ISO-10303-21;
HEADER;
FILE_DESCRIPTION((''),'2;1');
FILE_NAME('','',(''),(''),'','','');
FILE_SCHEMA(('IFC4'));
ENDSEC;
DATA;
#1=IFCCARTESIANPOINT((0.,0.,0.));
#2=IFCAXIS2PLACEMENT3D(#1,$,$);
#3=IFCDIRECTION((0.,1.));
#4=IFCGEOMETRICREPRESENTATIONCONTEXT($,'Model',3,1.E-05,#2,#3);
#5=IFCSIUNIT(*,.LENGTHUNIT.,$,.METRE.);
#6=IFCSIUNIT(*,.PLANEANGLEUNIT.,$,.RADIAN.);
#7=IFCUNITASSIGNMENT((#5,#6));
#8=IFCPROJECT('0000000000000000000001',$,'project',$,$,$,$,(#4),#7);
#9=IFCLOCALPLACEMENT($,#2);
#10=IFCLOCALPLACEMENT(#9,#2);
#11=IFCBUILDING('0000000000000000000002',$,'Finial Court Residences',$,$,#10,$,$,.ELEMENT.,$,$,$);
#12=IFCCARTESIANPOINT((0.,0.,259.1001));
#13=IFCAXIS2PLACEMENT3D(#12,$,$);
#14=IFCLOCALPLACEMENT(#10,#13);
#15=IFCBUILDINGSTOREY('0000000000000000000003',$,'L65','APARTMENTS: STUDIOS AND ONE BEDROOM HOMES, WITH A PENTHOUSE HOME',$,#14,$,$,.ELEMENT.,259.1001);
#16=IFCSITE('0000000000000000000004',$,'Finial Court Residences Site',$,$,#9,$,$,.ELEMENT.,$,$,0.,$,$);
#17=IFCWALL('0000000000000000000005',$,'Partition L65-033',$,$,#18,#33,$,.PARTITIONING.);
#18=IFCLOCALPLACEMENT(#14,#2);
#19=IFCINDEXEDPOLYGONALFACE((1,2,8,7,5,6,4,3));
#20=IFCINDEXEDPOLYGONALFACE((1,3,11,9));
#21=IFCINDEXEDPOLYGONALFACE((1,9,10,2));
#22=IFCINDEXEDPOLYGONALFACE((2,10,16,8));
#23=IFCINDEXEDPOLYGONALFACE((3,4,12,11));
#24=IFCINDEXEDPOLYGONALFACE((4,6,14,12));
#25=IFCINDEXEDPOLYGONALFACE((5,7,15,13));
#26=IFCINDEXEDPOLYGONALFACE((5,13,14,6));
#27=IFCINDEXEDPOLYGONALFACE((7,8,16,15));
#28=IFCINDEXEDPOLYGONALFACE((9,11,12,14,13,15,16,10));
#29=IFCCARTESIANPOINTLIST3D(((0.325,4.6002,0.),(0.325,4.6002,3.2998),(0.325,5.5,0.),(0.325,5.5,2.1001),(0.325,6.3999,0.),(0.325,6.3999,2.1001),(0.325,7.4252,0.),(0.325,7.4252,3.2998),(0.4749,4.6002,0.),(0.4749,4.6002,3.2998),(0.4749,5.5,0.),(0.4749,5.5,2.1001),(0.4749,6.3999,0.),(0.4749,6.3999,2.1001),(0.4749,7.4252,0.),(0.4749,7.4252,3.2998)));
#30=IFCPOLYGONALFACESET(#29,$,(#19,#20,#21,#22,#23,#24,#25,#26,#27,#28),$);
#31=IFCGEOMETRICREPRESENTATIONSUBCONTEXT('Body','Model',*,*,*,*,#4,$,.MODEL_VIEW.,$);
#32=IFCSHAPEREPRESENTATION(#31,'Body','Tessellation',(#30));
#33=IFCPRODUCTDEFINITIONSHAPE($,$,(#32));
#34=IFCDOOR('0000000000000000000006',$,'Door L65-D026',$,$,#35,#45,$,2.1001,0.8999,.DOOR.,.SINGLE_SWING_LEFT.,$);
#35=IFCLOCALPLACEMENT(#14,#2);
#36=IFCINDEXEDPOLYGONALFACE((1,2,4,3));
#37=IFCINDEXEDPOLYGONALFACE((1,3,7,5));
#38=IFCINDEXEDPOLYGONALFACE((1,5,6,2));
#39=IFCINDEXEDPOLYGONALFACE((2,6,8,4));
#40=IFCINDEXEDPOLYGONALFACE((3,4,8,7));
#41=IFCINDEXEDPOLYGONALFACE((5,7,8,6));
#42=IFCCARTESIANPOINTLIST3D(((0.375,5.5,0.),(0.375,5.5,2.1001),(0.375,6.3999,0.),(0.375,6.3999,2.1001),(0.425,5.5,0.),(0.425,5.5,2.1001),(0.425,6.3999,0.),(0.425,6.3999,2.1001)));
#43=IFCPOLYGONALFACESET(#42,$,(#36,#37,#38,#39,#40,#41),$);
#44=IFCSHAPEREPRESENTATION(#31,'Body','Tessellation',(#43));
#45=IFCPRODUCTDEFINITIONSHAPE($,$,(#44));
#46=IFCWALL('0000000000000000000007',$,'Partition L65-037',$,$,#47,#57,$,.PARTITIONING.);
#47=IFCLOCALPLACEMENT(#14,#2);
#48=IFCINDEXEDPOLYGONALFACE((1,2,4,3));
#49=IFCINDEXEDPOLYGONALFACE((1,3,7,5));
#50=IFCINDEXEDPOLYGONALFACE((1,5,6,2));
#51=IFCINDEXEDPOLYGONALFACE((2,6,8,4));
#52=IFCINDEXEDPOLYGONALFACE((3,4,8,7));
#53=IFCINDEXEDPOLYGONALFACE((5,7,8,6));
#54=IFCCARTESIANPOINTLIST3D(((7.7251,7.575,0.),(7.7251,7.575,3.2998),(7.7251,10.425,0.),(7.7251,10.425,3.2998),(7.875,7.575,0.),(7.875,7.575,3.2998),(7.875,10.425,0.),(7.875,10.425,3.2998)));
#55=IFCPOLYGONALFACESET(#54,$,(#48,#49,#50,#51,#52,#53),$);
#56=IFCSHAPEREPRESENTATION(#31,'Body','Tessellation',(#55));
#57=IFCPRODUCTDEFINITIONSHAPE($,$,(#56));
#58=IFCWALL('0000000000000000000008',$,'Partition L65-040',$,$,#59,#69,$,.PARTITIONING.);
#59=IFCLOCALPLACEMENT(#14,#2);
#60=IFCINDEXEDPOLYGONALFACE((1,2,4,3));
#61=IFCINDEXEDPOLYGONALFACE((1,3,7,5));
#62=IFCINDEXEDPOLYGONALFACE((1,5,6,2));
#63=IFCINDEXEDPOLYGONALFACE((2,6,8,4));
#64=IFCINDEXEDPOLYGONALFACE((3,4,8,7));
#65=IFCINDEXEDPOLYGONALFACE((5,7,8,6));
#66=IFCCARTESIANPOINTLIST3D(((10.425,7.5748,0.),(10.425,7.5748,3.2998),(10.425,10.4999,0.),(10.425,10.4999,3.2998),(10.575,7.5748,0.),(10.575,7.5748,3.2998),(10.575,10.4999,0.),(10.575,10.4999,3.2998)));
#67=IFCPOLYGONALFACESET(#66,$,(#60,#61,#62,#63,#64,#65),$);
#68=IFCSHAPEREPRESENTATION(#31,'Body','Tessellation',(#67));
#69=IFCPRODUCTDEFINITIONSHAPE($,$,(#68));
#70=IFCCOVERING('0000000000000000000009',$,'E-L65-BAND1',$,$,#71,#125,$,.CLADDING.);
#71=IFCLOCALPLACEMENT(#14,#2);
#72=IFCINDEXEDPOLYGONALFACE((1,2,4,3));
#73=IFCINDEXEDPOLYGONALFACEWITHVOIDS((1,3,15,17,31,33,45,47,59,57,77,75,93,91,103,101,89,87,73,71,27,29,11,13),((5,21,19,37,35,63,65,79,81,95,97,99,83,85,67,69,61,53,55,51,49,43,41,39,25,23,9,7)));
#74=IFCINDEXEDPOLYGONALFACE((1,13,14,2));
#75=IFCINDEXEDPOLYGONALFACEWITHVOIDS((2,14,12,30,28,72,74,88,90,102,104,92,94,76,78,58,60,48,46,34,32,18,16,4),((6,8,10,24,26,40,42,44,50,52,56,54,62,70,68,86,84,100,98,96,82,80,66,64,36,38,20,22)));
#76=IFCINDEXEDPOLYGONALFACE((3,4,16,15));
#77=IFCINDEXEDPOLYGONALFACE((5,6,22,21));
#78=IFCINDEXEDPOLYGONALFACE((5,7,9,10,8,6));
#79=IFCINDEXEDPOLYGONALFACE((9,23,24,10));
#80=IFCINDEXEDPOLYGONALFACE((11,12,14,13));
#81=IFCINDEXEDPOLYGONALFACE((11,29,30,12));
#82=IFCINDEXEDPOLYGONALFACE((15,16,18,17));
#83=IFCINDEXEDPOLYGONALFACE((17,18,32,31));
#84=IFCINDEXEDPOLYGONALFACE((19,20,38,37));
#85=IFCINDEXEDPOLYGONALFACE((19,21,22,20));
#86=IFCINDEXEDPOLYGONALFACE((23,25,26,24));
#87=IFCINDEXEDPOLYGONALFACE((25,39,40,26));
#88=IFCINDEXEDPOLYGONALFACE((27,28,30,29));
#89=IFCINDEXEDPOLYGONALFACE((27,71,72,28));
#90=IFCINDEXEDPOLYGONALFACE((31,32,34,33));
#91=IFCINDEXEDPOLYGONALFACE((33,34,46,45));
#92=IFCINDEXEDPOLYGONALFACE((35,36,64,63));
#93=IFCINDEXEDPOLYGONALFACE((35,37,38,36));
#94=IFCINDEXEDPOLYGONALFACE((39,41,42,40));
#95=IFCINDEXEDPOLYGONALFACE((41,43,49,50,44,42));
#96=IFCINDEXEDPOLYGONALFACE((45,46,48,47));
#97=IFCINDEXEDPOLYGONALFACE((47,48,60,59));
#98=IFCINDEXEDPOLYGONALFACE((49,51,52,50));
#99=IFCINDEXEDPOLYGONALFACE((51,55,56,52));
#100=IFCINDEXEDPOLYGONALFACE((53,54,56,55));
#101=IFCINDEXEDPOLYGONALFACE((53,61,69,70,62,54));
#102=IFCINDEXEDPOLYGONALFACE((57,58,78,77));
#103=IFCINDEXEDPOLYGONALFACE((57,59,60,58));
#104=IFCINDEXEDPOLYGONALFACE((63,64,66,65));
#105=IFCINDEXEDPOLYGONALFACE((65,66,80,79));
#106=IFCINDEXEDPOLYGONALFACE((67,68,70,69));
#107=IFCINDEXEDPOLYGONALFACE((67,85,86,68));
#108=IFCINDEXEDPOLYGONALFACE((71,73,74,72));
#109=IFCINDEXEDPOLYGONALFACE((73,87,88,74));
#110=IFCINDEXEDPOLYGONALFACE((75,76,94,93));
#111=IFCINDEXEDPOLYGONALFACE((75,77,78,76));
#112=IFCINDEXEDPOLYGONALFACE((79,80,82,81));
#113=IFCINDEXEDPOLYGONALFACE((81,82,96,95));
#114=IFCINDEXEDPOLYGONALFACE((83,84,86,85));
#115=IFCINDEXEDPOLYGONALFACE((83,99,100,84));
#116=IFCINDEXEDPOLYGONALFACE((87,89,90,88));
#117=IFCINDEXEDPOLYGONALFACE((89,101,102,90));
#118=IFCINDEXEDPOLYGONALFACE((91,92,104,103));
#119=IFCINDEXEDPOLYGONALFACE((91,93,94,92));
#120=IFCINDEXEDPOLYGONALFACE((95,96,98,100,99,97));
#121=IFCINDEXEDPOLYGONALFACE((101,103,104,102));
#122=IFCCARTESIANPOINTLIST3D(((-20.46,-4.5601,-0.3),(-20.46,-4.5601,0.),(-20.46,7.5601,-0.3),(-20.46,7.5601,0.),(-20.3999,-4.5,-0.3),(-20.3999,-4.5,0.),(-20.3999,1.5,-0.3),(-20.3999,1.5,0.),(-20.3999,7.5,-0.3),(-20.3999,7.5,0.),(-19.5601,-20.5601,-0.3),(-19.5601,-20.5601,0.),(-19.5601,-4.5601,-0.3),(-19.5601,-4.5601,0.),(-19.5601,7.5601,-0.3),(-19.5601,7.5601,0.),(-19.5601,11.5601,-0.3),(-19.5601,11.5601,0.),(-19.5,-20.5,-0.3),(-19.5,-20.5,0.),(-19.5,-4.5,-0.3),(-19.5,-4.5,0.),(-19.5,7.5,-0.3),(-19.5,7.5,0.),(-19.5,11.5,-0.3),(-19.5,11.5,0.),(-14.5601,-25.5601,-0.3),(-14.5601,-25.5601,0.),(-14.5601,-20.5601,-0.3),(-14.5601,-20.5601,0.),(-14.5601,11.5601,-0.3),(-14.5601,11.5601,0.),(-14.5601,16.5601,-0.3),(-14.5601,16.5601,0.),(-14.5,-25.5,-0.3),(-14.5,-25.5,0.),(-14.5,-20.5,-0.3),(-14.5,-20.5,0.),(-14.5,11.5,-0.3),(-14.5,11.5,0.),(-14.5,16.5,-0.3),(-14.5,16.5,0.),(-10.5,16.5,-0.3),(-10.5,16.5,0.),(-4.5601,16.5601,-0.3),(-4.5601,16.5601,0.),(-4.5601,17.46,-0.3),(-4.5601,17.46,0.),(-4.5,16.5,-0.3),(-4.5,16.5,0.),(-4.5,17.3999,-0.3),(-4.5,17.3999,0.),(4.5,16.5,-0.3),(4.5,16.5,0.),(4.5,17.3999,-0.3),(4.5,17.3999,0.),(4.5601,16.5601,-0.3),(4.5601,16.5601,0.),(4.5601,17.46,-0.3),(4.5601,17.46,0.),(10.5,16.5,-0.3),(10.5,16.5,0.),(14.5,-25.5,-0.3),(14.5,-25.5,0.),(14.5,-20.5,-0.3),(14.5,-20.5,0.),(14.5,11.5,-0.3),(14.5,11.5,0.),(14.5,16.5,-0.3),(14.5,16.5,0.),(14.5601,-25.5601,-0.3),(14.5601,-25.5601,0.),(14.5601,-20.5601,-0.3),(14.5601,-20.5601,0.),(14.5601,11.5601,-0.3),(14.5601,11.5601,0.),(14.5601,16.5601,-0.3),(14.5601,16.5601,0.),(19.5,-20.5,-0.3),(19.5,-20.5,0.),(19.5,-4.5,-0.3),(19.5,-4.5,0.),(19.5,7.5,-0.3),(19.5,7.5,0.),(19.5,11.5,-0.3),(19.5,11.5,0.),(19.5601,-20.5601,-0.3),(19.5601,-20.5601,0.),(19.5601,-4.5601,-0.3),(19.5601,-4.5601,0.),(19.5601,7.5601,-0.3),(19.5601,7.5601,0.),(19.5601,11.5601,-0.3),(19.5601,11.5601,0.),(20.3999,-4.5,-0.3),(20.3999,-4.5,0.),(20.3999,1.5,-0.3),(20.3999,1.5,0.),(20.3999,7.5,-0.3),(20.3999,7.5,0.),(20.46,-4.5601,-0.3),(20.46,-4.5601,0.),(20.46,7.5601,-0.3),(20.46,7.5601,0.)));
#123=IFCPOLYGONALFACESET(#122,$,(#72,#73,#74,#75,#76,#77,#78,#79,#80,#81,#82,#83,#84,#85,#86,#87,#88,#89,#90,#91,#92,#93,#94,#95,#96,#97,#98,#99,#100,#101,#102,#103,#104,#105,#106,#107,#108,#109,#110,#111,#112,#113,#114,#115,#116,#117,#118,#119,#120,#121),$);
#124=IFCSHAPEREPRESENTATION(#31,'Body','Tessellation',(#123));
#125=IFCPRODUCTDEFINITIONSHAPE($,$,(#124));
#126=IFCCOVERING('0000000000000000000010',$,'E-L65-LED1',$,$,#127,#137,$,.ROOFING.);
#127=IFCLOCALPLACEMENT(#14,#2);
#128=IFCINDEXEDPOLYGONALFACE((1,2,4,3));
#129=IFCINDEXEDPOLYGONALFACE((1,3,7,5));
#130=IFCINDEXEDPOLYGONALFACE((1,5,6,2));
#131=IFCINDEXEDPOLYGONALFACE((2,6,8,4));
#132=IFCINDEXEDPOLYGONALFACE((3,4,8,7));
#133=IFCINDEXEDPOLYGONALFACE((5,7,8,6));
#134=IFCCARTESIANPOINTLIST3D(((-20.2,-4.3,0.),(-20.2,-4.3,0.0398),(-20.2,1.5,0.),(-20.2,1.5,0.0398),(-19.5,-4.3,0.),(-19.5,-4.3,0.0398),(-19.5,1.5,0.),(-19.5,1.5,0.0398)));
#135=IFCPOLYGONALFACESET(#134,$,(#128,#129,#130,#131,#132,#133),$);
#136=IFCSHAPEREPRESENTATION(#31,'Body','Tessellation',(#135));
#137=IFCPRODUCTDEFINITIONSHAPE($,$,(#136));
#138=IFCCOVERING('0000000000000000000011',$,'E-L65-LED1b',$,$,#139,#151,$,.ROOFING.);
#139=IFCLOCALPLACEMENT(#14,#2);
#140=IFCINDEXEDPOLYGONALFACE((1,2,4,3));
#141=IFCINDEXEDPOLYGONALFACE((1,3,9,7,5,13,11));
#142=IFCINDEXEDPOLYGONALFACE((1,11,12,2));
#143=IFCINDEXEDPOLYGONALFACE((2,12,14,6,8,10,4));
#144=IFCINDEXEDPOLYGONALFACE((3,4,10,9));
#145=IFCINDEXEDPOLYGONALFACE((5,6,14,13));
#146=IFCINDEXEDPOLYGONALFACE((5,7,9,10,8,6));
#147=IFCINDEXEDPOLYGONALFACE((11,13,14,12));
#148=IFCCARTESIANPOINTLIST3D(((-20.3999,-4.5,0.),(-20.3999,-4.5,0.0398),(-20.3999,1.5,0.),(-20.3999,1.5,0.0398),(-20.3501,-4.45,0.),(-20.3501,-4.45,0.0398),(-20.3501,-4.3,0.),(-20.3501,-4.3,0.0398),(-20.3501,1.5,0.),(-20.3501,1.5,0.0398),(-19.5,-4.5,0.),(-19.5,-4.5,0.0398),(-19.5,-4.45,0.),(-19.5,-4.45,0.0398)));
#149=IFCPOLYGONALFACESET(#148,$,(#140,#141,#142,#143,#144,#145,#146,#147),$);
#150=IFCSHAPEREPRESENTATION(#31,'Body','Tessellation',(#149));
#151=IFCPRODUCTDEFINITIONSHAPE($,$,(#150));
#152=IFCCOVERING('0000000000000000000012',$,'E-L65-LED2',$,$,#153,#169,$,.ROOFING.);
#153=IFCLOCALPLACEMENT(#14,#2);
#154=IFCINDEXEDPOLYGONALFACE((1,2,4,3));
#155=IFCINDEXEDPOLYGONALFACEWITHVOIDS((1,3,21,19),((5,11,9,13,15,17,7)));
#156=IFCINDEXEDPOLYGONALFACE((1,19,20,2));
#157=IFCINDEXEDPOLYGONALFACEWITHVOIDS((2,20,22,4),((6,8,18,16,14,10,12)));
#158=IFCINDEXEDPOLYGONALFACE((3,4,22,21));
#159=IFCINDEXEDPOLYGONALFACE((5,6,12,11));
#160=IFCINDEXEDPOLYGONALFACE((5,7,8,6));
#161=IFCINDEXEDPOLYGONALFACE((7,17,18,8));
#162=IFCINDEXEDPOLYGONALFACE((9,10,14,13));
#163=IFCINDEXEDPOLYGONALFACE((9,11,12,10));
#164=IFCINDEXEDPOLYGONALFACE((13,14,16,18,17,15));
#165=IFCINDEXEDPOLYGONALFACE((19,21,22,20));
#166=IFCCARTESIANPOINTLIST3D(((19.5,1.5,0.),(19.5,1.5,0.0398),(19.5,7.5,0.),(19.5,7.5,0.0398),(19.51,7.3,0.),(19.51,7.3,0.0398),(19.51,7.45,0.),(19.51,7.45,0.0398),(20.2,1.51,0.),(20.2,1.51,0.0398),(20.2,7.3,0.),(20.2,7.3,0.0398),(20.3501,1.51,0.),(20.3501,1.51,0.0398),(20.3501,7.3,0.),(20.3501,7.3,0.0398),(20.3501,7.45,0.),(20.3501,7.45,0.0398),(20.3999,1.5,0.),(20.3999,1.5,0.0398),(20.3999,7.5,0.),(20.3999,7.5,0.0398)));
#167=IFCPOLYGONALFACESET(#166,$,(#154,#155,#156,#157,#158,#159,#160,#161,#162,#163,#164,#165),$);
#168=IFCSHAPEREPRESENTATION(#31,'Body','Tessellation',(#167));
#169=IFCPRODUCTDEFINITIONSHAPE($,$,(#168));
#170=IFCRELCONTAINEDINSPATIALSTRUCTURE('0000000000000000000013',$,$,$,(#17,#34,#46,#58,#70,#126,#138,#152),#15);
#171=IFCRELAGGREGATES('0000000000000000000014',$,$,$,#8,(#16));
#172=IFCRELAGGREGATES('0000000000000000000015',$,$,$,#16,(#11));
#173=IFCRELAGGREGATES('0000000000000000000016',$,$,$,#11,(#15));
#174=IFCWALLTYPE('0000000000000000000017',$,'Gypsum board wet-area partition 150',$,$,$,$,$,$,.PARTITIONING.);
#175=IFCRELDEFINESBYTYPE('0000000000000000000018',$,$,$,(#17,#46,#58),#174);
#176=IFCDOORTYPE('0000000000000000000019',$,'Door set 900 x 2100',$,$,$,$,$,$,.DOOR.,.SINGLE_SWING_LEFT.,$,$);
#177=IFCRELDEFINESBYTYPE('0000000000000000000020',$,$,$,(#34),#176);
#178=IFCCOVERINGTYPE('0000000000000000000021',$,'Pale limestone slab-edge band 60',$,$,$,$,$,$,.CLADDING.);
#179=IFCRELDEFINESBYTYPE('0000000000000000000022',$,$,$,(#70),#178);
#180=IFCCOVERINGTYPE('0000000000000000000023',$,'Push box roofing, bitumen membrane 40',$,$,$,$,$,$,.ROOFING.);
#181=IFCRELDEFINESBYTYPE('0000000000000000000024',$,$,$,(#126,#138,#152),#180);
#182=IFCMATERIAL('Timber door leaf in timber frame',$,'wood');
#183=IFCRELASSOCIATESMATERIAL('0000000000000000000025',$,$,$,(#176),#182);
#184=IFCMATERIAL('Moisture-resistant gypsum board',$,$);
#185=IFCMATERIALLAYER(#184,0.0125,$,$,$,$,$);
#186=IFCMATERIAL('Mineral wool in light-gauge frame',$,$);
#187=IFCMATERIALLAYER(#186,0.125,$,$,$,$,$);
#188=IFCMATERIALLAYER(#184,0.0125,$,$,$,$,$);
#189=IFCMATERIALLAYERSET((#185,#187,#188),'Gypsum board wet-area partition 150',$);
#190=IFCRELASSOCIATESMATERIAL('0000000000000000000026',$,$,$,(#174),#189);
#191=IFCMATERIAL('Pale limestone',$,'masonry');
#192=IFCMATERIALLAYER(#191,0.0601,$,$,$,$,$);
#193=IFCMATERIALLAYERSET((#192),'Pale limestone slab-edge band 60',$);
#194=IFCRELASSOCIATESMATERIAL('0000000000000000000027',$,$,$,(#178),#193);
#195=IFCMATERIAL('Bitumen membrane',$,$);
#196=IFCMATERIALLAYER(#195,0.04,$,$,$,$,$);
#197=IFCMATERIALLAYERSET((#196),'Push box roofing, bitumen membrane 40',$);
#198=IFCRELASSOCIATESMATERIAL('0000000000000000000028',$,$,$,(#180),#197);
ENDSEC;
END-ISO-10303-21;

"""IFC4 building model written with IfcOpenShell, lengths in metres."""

from ifc_helpers import new_model, si_unit, direction, frame, frame_2d, origin, place, context, subcontext, project, spatial, polyline, rectangle, outline, extrude, material, layer, layer_set, type_object, element, fill, save


model = new_model("IFC4")

# Units and contexts
model_context = context("Model", 3, precision=1e-05, world=origin(), true_north=direction((0.0, 1.0)))
body_context = subcontext(model_context, "Body", "Model", "MODEL_VIEW")
ifc_project = project(units=[si_unit("LENGTHUNIT", "METRE"), si_unit("PLANEANGLEUNIT", "RADIAN")], contexts=[model_context])

# Site, building, storey
site_placement = place(None, origin())
site = spatial("IfcSite", under=ifc_project, at=site_placement, Name="Finial Court Residences Site", CompositionType="ELEMENT", RefElevation=0.0)
building_placement = place(site_placement, origin())
building = spatial("IfcBuilding", under=site, at=building_placement, Name="Finial Court Residences", CompositionType="ELEMENT")
storey_placement = place(building_placement, frame((0.0, 0.0, 259.1001)))
storey = spatial("IfcBuildingStorey", under=building, at=storey_placement, Name="L65", Description="APARTMENTS: STUDIOS AND ONE BEDROOM HOMES, WITH A PENTHOUSE HOME", CompositionType="ELEMENT", Elevation=259.1001)

# Shared definitions
ifc_material_1 = material(Name="Mineral wool in light-gauge frame")
ifc_material_2 = material(Name="Timber door leaf in timber frame", Category="wood")
door_type = type_object("IfcDoorType", Name="Door set 900 x 2100", OperationType="SINGLE_SWING_LEFT", PredefinedType="DOOR", material=ifc_material_2)
ifc_material_3 = material(Name="Moisture-resistant gypsum board")
ifc_layer_1 = layer(ifc_material_3, 0.0125)
ifc_layer_2 = layer(ifc_material_1, 0.125)
ifc_layer_3 = layer(ifc_material_3, 0.0125)
ifc_layer_set_1 = layer_set([ifc_layer_1, ifc_layer_2, ifc_layer_3], Name="Gypsum board wet-area partition 150")
wall_type_1 = type_object("IfcWallType", Name="Gypsum board wet-area partition 150", PredefinedType="PARTITIONING", material=ifc_layer_set_1)

# Wall, opening, door
wall_1_placement = place(storey_placement, frame((0.3999, 4.6001, 0.0), z_axis=(0.0, 0.0, 1.0), x_axis=(0.0, 1.0, 0.0)))
wall_1 = element("IfcWall", 1, at=wall_1_placement, inside=storey, type_object=wall_type_1, Name="Partition L65-033", PredefinedType="PARTITIONING", context=body_context, shape_type="SweptSolid", body=[
    extrude(rectangle(XDim=2.825, YDim=0.1499, at=frame_2d((1.4126, 0.0))), origin(), (0.0, 0.0, 1.0), 3.2998),
])
opening_1_placement = place(wall_1_placement, frame((0.8999, 0.0, 0.0)))
opening_1 = element("IfcOpeningElement", 2, at=opening_1_placement, cuts=wall_1, PredefinedType="OPENING", context=body_context, shape_type="SweptSolid", body=[
    extrude(rectangle(XDim=0.8999, YDim=2.1001, at=frame_2d((0.45, 1.05))), frame((0.0, 0.085, 0.0), z_axis=(0.0, -1.0, 0.0), x_axis=(1.0, 0.0, 0.0)), (0.0, 0.0, 1.0), 0.1699),
])
door_1_placement = place(opening_1_placement, origin())
door_1 = element("IfcDoor", 3, at=door_1_placement, inside=storey, type_object=door_type, Name="Door L65-D026", OperationType="SINGLE_SWING_LEFT", OverallHeight=2.1001, OverallWidth=0.8999, PredefinedType="DOOR", context=body_context, shape_type="SweptSolid", body=[
    extrude(rectangle(XDim=0.8999, YDim=2.1001, at=frame_2d((0.45, 1.05))), frame((0.0, 0.0249, 0.0), z_axis=(0.0, -1.0, 0.0), x_axis=(1.0, 0.0, 0.0)), (0.0, 0.0, 1.0), 0.05),
])
fill(opening_1, door_1)

# Walls
wall_2_placement = place(storey_placement, frame((7.8, 7.575, 0.0), z_axis=(0.0, 0.0, 1.0), x_axis=(0.0, 1.0, 0.0)))
element("IfcWall", 4, at=wall_2_placement, inside=storey, type_object=wall_type_1, Name="Partition L65-037", PredefinedType="PARTITIONING", context=body_context, shape_type="SweptSolid", body=[
    extrude(rectangle(XDim=2.8501, YDim=0.1499, at=frame_2d((1.425, 0.0))), origin(), (0.0, 0.0, 1.0), 3.2998),
])
wall_3_placement = place(storey_placement, frame((10.5, 7.575, 0.0), z_axis=(0.0, 0.0, 1.0), x_axis=(0.0, 1.0, 0.0)))
element("IfcWall", 5, at=wall_3_placement, inside=storey, type_object=wall_type_1, Name="Partition L65-040", PredefinedType="PARTITIONING", context=body_context, shape_type="SweptSolid", body=[
    extrude(rectangle(XDim=2.925, YDim=0.1499, at=frame_2d((1.4624, 0.0))), origin(), (0.0, 0.0, 1.0), 3.2998),
])

# Coverings
ifc_material_4 = material(Name="Pale limestone", Category="masonry")
ifc_layer_4 = layer(ifc_material_4, 0.0601)
ifc_layer_set_2 = layer_set([ifc_layer_4], Name="Pale limestone slab-edge band 60")
covering_type_1 = type_object("IfcCoveringType", Name="Pale limestone slab-edge band 60", PredefinedType="CLADDING", material=ifc_layer_set_2)
covering_1_placement = place(storey_placement, frame((0.0, 0.0, -0.3)))
element("IfcCovering", 6, at=covering_1_placement, inside=storey, type_object=covering_type_1, Name="E-L65-BAND1", PredefinedType="CLADDING", context=body_context, shape_type="SweptSolid", body=[
    extrude(outline(polyline([(-20.46, -4.5601), (-20.46, 7.5601), (-19.5601, 7.5601), (-19.5601, 11.5601), (-14.5601, 11.5601), (-14.5601, 16.5601), (-4.5601, 16.5601), (-4.5601, 17.46), (4.5601, 17.46), (4.5601, 16.5601), (14.5601, 16.5601), (14.5601, 11.5601), (19.5601, 11.5601), (19.5601, 7.5601), (20.46, 7.5601), (20.46, -4.5601), (19.5601, -4.5601), (19.5601, -20.5601), (14.5601, -20.5601), (14.5601, -25.5601), (-14.5601, -25.5601), (-14.5601, -20.5601), (-19.5601, -20.5601), (-19.5601, -4.5601), (-20.46, -4.5601)]), holes=[polyline([(-19.5, -20.5), (-14.5, -20.5), (-14.5, -25.5), (14.5, -25.5), (14.5, -20.5), (19.5, -20.5), (19.5, -4.5), (20.3999, -4.5), (20.3999, 1.5), (20.3999, 7.5), (19.5, 7.5), (19.5, 11.5), (14.5, 11.5), (14.5, 16.5), (10.5, 16.5), (4.5, 16.5), (4.5, 17.3999), (-4.5, 17.3999), (-4.5, 16.5), (-10.5, 16.5), (-14.5, 16.5), (-14.5, 11.5), (-19.5, 11.5), (-19.5, 7.5), (-20.3999, 7.5), (-20.3999, 1.5), (-20.3999, -4.5), (-19.5, -4.5), (-19.5, -20.5)])]), origin(), (0.0, 0.0, 1.0), 0.3),
])
ifc_material_5 = material(Name="Bitumen membrane")
ifc_layer_5 = layer(ifc_material_5, 0.04)
ifc_layer_set_3 = layer_set([ifc_layer_5], Name="Push box roofing, bitumen membrane 40")
covering_type_2 = type_object("IfcCoveringType", Name="Push box roofing, bitumen membrane 40", PredefinedType="ROOFING", material=ifc_layer_set_3)
covering_2_placement = place(storey_placement, origin())
element("IfcCovering", 7, at=covering_2_placement, inside=storey, type_object=covering_type_2, Name="E-L65-LED1", PredefinedType="ROOFING", context=body_context, shape_type="SweptSolid", body=[
    extrude(outline(polyline([(-19.5, -4.3), (-20.2, -4.3), (-20.2, 1.5), (-19.5, 1.5), (-19.5, -4.3)])), origin(), (0.0, 0.0, 1.0), 0.0398),
])
covering_3_placement = place(storey_placement, origin())
element("IfcCovering", 8, at=covering_3_placement, inside=storey, type_object=covering_type_2, Name="E-L65-LED1b", PredefinedType="ROOFING", context=body_context, shape_type="SweptSolid", body=[
    extrude(outline(polyline([(-19.5, -4.5), (-20.3999, -4.5), (-20.3999, 1.5), (-20.3501, 1.5), (-20.3501, -4.3), (-20.3501, -4.3), (-20.3501, -4.45), (-19.5, -4.45), (-19.5, -4.5)])), origin(), (0.0, 0.0, 1.0), 0.0398),
])
covering_4_placement = place(storey_placement, origin())
element("IfcCovering", 9, at=covering_4_placement, inside=storey, type_object=covering_type_2, Name="E-L65-LED2", PredefinedType="ROOFING", context=body_context, shape_type="SweptSolid", body=[
    extrude(outline(polyline([(19.5, 7.5), (20.3999, 7.5), (20.3999, 1.5), (19.5, 1.5), (19.5, 7.5)]), holes=[polyline([(20.3501, 1.51), (20.3501, 7.3), (20.3501, 7.3), (20.3501, 7.45), (19.51, 7.45), (19.51, 7.3), (20.2, 7.3), (20.2, 1.51), (20.3501, 1.51)])]), origin(), (0.0, 0.0, 1.0), 0.0398),
])

save(model, "model.ifc")
